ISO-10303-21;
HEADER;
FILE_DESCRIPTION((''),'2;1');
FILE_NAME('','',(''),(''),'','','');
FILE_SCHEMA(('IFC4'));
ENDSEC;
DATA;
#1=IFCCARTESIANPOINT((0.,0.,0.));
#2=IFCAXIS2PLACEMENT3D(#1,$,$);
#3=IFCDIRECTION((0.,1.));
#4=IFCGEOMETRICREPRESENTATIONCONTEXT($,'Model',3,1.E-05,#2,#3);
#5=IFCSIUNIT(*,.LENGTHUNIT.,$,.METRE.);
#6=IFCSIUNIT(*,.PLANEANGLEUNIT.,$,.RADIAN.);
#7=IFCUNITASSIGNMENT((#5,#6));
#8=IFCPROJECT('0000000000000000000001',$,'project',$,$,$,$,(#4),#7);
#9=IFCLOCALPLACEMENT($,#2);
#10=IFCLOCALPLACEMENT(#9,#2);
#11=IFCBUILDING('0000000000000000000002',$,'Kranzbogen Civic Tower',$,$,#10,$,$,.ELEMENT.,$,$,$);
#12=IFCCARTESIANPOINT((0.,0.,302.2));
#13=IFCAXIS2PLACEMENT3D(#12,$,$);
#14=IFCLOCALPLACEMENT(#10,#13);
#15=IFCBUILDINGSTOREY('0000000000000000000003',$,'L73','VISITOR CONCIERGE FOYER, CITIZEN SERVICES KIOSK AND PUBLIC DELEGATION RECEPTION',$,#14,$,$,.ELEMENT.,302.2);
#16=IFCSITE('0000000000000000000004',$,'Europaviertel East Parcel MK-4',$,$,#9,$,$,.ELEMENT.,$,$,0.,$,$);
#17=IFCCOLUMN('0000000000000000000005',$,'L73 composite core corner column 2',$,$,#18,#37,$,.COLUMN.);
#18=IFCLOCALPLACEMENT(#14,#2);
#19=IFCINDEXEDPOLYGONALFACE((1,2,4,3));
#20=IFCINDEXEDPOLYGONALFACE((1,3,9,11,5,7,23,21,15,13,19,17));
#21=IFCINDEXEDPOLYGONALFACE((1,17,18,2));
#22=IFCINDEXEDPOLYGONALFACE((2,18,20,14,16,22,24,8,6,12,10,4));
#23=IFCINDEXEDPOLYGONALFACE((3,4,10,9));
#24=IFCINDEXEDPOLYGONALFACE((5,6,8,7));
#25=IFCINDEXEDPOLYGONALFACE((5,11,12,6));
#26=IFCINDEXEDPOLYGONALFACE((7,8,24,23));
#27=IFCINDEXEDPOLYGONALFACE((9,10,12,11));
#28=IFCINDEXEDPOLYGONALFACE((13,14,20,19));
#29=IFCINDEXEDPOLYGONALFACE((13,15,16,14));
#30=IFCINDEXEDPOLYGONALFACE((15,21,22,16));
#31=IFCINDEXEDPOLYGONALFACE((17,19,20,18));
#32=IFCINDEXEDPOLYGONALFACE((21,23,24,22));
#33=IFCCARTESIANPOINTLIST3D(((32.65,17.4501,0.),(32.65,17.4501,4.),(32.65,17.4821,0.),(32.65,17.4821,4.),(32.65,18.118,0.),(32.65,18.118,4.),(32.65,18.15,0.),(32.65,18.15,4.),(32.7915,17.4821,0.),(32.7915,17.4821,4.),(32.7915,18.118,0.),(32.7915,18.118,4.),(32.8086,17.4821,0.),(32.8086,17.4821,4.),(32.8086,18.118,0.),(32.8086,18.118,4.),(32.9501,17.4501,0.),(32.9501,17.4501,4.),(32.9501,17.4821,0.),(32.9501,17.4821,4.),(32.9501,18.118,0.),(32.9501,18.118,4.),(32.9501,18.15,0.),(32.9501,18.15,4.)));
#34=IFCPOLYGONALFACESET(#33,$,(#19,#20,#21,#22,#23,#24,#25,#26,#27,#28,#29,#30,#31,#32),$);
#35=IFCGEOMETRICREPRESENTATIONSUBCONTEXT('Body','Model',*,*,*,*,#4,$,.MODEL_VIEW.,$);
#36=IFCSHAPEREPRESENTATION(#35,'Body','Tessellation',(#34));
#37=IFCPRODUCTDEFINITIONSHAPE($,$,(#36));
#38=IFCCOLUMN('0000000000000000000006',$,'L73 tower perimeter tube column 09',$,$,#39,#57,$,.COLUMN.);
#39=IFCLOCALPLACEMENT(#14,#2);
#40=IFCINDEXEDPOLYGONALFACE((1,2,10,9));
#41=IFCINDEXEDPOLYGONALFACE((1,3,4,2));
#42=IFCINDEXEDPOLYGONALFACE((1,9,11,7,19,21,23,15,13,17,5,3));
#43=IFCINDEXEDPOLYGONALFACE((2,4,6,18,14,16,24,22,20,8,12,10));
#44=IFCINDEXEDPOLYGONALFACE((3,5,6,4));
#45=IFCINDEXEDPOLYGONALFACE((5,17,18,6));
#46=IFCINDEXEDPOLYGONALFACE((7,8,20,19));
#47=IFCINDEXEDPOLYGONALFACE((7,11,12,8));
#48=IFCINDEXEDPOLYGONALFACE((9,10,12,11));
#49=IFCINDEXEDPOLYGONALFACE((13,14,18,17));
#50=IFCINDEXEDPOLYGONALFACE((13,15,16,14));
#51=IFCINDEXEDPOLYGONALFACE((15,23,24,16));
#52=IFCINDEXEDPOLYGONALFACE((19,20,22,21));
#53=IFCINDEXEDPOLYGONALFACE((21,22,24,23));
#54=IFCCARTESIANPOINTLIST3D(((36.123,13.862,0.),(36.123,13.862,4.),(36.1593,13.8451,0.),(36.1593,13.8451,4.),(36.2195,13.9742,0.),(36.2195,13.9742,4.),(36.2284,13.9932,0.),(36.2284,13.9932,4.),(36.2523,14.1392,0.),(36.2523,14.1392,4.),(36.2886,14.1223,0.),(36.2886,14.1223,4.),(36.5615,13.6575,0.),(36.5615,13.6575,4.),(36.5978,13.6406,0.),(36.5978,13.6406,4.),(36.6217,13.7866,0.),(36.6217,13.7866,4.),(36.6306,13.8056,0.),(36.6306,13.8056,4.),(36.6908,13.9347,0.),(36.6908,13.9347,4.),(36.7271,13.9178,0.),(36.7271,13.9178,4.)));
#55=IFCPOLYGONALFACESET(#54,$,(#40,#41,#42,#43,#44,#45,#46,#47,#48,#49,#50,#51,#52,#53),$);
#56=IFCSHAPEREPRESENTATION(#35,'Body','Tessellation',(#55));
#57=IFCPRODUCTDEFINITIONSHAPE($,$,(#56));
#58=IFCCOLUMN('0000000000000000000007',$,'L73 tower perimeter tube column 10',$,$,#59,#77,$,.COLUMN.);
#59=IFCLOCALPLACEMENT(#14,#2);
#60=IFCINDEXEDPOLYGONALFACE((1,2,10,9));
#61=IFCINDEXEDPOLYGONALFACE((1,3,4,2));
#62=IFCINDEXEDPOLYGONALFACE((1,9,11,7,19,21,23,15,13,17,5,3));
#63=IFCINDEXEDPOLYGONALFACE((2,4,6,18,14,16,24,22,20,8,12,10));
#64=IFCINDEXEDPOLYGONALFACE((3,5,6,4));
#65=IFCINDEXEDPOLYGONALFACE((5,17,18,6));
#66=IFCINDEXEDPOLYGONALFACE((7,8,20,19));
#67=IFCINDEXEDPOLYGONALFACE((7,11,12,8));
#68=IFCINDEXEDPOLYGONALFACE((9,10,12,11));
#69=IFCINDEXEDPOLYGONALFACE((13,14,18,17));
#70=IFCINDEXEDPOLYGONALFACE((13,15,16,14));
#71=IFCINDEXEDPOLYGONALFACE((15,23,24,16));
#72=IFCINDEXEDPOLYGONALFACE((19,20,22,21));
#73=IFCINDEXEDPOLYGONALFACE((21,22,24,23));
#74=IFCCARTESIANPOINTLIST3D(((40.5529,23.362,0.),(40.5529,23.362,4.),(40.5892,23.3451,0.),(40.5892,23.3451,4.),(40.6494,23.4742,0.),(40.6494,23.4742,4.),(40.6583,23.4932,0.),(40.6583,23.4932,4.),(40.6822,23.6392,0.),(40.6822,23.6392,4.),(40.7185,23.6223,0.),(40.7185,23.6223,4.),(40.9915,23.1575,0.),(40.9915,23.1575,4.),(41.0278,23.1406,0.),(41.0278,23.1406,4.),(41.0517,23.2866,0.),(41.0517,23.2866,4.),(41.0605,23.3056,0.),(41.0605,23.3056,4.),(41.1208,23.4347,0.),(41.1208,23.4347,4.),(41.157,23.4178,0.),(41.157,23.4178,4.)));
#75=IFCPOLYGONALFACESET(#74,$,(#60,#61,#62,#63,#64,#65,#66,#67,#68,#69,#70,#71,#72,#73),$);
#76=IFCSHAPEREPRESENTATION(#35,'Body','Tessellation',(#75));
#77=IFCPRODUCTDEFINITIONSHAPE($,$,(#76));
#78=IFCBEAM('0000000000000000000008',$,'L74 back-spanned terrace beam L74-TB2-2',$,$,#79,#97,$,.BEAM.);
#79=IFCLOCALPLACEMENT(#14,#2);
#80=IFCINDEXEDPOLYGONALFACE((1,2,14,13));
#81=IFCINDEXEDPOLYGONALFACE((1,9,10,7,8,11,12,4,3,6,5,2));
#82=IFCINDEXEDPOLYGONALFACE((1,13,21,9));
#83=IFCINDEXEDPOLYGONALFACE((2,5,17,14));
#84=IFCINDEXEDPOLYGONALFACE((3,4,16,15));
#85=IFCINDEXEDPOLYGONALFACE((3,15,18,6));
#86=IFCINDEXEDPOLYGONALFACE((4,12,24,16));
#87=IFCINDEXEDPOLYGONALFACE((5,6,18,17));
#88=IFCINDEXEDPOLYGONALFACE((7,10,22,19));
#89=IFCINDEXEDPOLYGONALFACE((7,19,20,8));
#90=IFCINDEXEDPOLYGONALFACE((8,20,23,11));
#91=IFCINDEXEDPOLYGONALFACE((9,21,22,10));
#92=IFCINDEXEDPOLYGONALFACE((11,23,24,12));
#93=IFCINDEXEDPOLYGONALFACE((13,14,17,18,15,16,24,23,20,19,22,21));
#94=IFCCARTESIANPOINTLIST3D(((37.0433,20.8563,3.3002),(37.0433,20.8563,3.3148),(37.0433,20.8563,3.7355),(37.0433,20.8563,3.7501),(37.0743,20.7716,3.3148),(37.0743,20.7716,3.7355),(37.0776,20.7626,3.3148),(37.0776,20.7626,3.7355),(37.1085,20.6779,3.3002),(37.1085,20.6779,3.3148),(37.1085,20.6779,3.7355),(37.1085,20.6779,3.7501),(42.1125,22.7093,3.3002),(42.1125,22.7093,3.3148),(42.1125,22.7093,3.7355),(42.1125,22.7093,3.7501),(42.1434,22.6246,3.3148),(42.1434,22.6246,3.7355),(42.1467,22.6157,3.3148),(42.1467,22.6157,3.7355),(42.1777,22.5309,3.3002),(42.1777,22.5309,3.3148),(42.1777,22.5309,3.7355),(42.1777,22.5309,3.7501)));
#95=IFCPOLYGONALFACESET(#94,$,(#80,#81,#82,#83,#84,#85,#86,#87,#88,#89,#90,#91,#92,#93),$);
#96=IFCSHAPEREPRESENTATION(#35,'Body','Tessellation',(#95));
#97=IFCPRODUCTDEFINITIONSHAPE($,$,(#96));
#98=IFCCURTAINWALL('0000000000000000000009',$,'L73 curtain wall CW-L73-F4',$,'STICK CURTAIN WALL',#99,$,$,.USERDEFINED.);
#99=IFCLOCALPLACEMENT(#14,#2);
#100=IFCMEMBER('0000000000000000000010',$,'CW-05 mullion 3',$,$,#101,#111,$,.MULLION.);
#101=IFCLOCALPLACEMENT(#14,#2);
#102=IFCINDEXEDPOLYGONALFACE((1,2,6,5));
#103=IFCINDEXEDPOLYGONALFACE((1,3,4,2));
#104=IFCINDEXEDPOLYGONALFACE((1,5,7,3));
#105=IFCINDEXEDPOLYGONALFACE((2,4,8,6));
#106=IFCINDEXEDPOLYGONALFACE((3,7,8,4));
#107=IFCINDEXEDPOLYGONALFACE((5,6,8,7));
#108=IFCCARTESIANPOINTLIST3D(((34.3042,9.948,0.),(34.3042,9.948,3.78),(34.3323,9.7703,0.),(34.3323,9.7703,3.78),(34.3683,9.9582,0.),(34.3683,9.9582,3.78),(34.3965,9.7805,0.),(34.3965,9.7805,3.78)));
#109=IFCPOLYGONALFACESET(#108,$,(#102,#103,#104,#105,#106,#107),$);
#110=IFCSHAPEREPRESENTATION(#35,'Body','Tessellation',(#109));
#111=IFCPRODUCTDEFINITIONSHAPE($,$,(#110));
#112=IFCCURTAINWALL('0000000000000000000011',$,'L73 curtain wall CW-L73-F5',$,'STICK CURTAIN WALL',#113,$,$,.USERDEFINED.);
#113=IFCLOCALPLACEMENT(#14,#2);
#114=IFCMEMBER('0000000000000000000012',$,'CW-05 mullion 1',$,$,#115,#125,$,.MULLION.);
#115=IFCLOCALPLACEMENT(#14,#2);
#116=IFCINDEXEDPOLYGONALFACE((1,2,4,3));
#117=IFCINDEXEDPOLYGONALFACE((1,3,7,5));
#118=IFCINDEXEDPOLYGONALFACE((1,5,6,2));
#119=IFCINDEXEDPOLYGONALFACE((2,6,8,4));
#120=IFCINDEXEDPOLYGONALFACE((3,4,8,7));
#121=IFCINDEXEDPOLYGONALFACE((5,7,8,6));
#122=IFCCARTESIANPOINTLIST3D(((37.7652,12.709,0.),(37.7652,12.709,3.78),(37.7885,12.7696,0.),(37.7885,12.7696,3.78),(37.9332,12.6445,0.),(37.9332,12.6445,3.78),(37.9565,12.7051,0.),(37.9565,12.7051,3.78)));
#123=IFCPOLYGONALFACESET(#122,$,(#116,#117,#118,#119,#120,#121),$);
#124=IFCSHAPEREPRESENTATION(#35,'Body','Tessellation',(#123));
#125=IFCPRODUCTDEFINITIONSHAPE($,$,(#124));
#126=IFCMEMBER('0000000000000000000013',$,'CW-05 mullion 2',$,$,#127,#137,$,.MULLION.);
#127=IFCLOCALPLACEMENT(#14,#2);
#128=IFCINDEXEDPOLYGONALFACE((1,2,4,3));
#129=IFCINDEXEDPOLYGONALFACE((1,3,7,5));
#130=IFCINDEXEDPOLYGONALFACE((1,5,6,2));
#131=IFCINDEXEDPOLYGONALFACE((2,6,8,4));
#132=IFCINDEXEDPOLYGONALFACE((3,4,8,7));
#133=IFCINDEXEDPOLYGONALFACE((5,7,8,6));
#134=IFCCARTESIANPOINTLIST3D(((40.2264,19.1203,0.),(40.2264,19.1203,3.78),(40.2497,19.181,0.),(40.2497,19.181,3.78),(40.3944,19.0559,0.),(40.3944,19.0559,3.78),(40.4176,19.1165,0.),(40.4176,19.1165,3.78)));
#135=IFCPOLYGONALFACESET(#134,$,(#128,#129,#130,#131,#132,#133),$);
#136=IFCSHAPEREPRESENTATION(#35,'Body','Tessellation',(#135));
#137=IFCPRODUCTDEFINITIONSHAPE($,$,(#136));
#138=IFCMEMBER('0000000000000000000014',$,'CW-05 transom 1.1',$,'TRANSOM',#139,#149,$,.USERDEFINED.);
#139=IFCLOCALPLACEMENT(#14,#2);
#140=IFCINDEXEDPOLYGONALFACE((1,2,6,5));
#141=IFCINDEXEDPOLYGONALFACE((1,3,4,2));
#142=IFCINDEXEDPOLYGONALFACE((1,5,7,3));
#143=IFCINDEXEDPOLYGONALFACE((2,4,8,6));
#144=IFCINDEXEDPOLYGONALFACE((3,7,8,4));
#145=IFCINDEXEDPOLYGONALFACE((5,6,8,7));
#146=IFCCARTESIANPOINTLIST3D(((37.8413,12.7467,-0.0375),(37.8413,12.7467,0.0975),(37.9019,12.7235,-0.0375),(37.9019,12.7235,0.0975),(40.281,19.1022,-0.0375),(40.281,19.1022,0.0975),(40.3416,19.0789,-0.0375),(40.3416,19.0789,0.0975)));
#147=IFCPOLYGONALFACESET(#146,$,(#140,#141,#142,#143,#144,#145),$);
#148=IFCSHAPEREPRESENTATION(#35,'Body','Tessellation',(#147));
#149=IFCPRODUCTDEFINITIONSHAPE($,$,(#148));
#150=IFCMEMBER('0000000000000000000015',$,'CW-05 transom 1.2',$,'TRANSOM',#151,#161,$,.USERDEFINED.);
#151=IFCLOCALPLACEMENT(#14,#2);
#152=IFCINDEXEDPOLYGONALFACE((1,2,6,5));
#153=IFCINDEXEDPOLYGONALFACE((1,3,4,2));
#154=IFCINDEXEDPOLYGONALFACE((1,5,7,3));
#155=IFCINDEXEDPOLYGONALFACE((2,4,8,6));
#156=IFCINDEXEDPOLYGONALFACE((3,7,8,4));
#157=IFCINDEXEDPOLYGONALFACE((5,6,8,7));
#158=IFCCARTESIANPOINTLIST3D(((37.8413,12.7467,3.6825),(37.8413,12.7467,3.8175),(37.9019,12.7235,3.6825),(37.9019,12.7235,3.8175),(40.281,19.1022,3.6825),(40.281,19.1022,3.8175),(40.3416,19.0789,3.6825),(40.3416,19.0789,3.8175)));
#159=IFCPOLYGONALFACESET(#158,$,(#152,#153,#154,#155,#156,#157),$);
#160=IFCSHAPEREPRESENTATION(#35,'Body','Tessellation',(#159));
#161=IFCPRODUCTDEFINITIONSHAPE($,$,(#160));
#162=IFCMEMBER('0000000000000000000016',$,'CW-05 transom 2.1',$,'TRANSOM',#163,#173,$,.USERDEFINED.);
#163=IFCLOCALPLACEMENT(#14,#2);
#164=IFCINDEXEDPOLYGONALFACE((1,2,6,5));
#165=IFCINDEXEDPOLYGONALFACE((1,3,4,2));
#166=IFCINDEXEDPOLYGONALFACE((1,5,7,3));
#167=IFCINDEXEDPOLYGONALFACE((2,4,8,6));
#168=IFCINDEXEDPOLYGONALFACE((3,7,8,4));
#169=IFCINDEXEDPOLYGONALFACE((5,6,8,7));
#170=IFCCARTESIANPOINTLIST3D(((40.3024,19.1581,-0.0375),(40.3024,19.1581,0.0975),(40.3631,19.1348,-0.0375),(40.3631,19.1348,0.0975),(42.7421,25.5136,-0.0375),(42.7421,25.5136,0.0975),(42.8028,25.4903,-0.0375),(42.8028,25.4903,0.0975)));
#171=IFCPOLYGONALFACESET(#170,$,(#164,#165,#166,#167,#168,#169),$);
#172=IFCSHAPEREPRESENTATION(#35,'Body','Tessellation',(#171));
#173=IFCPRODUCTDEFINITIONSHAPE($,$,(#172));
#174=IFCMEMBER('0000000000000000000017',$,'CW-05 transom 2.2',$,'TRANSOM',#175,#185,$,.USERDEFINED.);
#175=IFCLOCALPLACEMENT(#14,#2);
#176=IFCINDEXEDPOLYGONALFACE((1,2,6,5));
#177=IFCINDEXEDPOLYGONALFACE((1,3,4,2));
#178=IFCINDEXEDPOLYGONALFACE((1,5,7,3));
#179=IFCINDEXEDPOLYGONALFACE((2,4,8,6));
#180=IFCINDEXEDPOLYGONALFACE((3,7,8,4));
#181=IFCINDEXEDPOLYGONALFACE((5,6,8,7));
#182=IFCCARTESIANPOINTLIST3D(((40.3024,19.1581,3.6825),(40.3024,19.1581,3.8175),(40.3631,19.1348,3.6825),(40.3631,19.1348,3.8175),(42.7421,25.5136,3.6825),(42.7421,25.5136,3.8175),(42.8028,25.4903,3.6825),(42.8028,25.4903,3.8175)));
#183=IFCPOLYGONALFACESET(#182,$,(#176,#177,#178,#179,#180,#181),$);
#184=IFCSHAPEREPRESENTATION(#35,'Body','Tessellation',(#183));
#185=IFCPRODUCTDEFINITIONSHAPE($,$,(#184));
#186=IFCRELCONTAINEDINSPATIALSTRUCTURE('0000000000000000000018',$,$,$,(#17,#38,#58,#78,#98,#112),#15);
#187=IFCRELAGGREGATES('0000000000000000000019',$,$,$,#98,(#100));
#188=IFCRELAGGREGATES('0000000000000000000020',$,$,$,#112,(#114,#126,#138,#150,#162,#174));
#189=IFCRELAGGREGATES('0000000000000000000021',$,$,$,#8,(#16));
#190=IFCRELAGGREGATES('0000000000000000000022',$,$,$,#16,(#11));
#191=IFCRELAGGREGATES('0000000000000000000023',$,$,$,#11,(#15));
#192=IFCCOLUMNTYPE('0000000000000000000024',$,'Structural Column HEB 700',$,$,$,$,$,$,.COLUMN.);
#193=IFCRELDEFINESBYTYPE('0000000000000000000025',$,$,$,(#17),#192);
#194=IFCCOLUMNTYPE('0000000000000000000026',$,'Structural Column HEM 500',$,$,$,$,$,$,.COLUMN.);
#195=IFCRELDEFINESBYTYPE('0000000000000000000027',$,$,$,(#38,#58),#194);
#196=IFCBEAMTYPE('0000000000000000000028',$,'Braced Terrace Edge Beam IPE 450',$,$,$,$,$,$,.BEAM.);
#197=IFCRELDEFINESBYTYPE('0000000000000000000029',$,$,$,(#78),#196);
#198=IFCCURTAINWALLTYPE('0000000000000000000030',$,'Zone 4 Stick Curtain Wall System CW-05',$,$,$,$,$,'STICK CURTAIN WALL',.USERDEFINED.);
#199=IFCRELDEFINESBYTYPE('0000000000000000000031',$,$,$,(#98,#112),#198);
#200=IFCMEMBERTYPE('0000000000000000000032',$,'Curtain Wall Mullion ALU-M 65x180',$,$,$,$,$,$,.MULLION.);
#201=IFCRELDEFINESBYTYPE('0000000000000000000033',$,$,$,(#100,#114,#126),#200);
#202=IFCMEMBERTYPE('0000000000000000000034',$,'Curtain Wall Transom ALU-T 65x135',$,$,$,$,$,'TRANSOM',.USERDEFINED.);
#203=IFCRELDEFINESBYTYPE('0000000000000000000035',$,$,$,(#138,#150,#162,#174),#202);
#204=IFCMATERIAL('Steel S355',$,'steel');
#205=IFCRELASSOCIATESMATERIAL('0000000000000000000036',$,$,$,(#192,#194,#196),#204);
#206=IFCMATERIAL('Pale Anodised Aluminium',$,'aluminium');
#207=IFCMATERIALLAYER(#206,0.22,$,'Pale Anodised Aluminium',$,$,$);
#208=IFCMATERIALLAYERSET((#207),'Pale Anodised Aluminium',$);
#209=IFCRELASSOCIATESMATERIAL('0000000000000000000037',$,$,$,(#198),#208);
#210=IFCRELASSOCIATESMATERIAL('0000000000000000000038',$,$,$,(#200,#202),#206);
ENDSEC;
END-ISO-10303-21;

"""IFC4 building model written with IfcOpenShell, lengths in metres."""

from ifc_helpers import new_model, si_unit, direction, frame, origin, origin_2d, place, context, subcontext, project, spatial, rectangle, i_section, extrude, material, layer, layer_set, material_profile, profile_set, type_object, element, aggregate, save


model = new_model("IFC4")

# Units and contexts
model_context = context("Model", 3, precision=1e-05, world=origin(), true_north=direction((0.0, 1.0)))
body_context = subcontext(model_context, "Body", "Model", "MODEL_VIEW")
ifc_project = project(units=[si_unit("LENGTHUNIT", "METRE"), si_unit("PLANEANGLEUNIT", "RADIAN")], contexts=[model_context])

# Site, building, storey
site_placement = place(None, origin())
site = spatial("IfcSite", under=ifc_project, at=site_placement, Name="Europaviertel East Parcel MK-4", CompositionType="ELEMENT", RefElevation=0.0)
building_placement = place(site_placement, origin())
building = spatial("IfcBuilding", under=site, at=building_placement, Name="Kranzbogen Civic Tower", CompositionType="ELEMENT")
storey_placement = place(building_placement, frame((0.0, 0.0, 302.2)))
storey = spatial("IfcBuildingStorey", under=building, at=storey_placement, Name="L73", Description="VISITOR CONCIERGE FOYER, CITIZEN SERVICES KIOSK AND PUBLIC DELEGATION RECEPTION", CompositionType="ELEMENT", Elevation=302.2)

# Columns
ifc_material_1 = material(Name="Steel S355", Category="steel")
ifc_material_profile_1 = material_profile(ifc_material_1, i_section(OverallWidth=0.3, OverallDepth=0.7, WebThickness=0.0171, FlangeThickness=0.032, at=origin_2d()), Name="HEB 700")
ifc_profile_set_1 = profile_set([ifc_material_profile_1], Name="Steel S355")
column_type_1 = type_object("IfcColumnType", Name="Structural Column HEB 700", PredefinedType="COLUMN", material=ifc_profile_set_1)
column_placement = place(storey_placement, frame((32.8, 17.8, 0.0), z_axis=(0.0, 0.0, 1.0), x_axis=(1.0, 0.0, 0.0)))
element("IfcColumn", 1, at=column_placement, inside=storey, type_object=column_type_1, Name="L73 composite core corner column 2", PredefinedType="COLUMN", context=body_context, shape_type="SweptSolid", body=[
    extrude(i_section(OverallWidth=0.3, OverallDepth=0.7, WebThickness=0.0171, FlangeThickness=0.032, at=origin_2d()), origin(), (0.0, 0.0, 1.0), 4.0),
])
ifc_material_profile_2 = material_profile(ifc_material_1, i_section(OverallWidth=0.3059, OverallDepth=0.5239, WebThickness=0.021, FlangeThickness=0.04, at=origin_2d()), Name="HEM 500")
ifc_profile_set_2 = profile_set([ifc_material_profile_2], Name="Steel S355")
column_type_2 = type_object("IfcColumnType", Name="Structural Column HEM 500", PredefinedType="COLUMN", material=ifc_profile_set_2)
for number, where, z_axis, x_axis, name in (
    (2, (36.425, 13.8899, 0.0), (0.0, 0.0, 1.0), (0.422618, 0.906308, 0.0), "L73 tower perimeter tube column 09"),
    (3, (40.855, 23.3899, 0.0), (0.0, 0.0, 1.0), (0.422618, 0.906308, 0.0), "L73 tower perimeter tube column 10"),
):
    element("IfcColumn", number, at=place(storey_placement, frame(where, z_axis=z_axis, x_axis=x_axis)), inside=storey, type_object=column_type_2, Name=name, PredefinedType="COLUMN", context=body_context, shape_type="SweptSolid", body=[
        extrude(i_section(OverallWidth=0.3059, OverallDepth=0.5239, WebThickness=0.021, FlangeThickness=0.04, at=origin_2d()), origin(), (0.0, 0.0, 1.0), 4.0),
    ])

# Beam
ifc_material_profile_3 = material_profile(ifc_material_1, i_section(OverallWidth=0.1899, OverallDepth=0.45, WebThickness=0.0095, FlangeThickness=0.0146, at=origin_2d()), Name="IPE 450")
ifc_profile_set_3 = profile_set([ifc_material_profile_3], Name="Steel S355")
beam_type_1 = type_object("IfcBeamType", Name="Braced Terrace Edge Beam IPE 450", PredefinedType="BEAM", material=ifc_profile_set_3)
beam_1_placement = place(storey_placement, frame((37.0759, 20.7671, 3.5251), z_axis=(0.939214, 0.343333, 0.0), x_axis=(-0.343333, 0.939214, 0.0)))
element("IfcBeam", 4, at=beam_1_placement, inside=storey, type_object=beam_type_1, Name="L74 back-spanned terrace beam L74-TB2-2", PredefinedType="BEAM", context=body_context, shape_type="SweptSolid", body=[
    extrude(i_section(OverallWidth=0.1899, OverallDepth=0.45, WebThickness=0.0095, FlangeThickness=0.0146, at=origin_2d()), origin(), (0.0, 0.0, 1.0), 5.3972),
])

# Curtain wall, member
ifc_material_2 = material(Name="Pale Anodised Aluminium", Category="aluminium")
ifc_layer_1 = layer(ifc_material_2, 0.22, Name="Pale Anodised Aluminium")
ifc_layer_set_1 = layer_set([ifc_layer_1], Name="Pale Anodised Aluminium")
curtain_wall_type = type_object("IfcCurtainWallType", Name="Zone 4 Stick Curtain Wall System CW-05", ElementType="STICK CURTAIN WALL", PredefinedType="USERDEFINED", material=ifc_layer_set_1)
curtain_wall_1_placement = place(storey_placement, origin())
curtain_wall_1 = element("IfcCurtainWall", 5, at=curtain_wall_1_placement, inside=storey, type_object=curtain_wall_type, Name="L73 curtain wall CW-L73-F4", ObjectType="STICK CURTAIN WALL", PredefinedType="USERDEFINED")
ifc_material_profile_4 = material_profile(ifc_material_2, rectangle(XDim=0.0649, YDim=0.1799, at=origin_2d()), Name="ALU-M 65x180")
ifc_profile_set_4 = profile_set([ifc_material_profile_4], Name="Pale Anodised Aluminium")
member_type_1 = type_object("IfcMemberType", Name="Curtain Wall Mullion ALU-M 65x180", PredefinedType="MULLION", material=ifc_profile_set_4)
member_1_placement = place(storey_placement, frame((34.3503, 9.8643, 0.0), z_axis=(0.0, 0.0, 1.0), x_axis=(0.98769, 0.156424, 0.0)))
member_1 = element("IfcMember", 6, at=member_1_placement, type_object=member_type_1, Name="CW-05 mullion 3", PredefinedType="MULLION", context=body_context, shape_type="SweptSolid", body=[
    extrude(rectangle(XDim=0.0649, YDim=0.1799, at=origin_2d()), origin(), (0.0, 0.0, 1.0), 3.78),
])
aggregate(curtain_wall_1, [member_1])

# Curtain wall, members
curtain_wall_2_placement = place(storey_placement, origin())
curtain_wall_2 = element("IfcCurtainWall", 7, at=curtain_wall_2_placement, inside=storey, type_object=curtain_wall_type, Name="L73 curtain wall CW-L73-F5", ObjectType="STICK CURTAIN WALL", PredefinedType="USERDEFINED")
member_2_placement = place(storey_placement, frame((37.8608, 12.707, 0.0), z_axis=(0.0, 0.0, 1.0), x_axis=(0.358382, 0.933575, 0.0)))
member_2 = element("IfcMember", 8, at=member_2_placement, type_object=member_type_1, Name="CW-05 mullion 1", PredefinedType="MULLION", context=body_context, shape_type="SweptSolid", body=[
    extrude(rectangle(XDim=0.0649, YDim=0.1799, at=origin_2d()), origin(), (0.0, 0.0, 1.0), 3.78),
])
member_3_placement = place(storey_placement, frame((40.322, 19.1184, 0.0), z_axis=(0.0, 0.0, 1.0), x_axis=(0.358382, 0.933575, 0.0)))
member_3 = element("IfcMember", 9, at=member_3_placement, type_object=member_type_1, Name="CW-05 mullion 2", PredefinedType="MULLION", context=body_context, shape_type="SweptSolid", body=[
    extrude(rectangle(XDim=0.0649, YDim=0.1799, at=origin_2d()), origin(), (0.0, 0.0, 1.0), 3.78),
])
ifc_material_profile_5 = material_profile(ifc_material_2, rectangle(XDim=0.0649, YDim=0.135, at=origin_2d()), Name="ALU-T 65x135")
ifc_profile_set_5 = profile_set([ifc_material_profile_5], Name="Pale Anodised Aluminium")
member_type_2 = type_object("IfcMemberType", Name="Curtain Wall Transom ALU-T 65x135", ElementType="TRANSOM", PredefinedType="USERDEFINED", material=ifc_profile_set_5)
member_4_placement = place(storey_placement, frame((37.8716, 12.7351, 0.03), z_axis=(0.358376, 0.933577, 0.0), x_axis=(-0.933577, 0.358376, 0.0)))
member_4 = element("IfcMember", 10, at=member_4_placement, type_object=member_type_2, Name="CW-05 transom 1.1", ObjectType="TRANSOM", PredefinedType="USERDEFINED", context=body_context, shape_type="SweptSolid", body=[
    extrude(rectangle(XDim=0.0649, YDim=0.135, at=origin_2d()), origin(), (0.0, 0.0, 1.0), 6.8076),
])
member_5_placement = place(storey_placement, frame((37.8716, 12.7351, 3.75), z_axis=(0.358376, 0.933577, 0.0), x_axis=(-0.933577, 0.358376, 0.0)))
member_5 = element("IfcMember", 11, at=member_5_placement, type_object=member_type_2, Name="CW-05 transom 1.2", ObjectType="TRANSOM", PredefinedType="USERDEFINED", context=body_context, shape_type="SweptSolid", body=[
    extrude(rectangle(XDim=0.0649, YDim=0.135, at=origin_2d()), origin(), (0.0, 0.0, 1.0), 6.8076),
])
member_6_placement = place(storey_placement, frame((40.3328, 19.1465, 0.03), z_axis=(0.358376, 0.933577, 0.0), x_axis=(-0.933577, 0.358376, 0.0)))
member_6 = element("IfcMember", 12, at=member_6_placement, type_object=member_type_2, Name="CW-05 transom 2.1", ObjectType="TRANSOM", PredefinedType="USERDEFINED", context=body_context, shape_type="SweptSolid", body=[
    extrude(rectangle(XDim=0.0649, YDim=0.135, at=origin_2d()), origin(), (0.0, 0.0, 1.0), 6.8076),
])
member_7_placement = place(storey_placement, frame((40.3328, 19.1465, 3.75), z_axis=(0.358376, 0.933577, 0.0), x_axis=(-0.933577, 0.358376, 0.0)))
member_7 = element("IfcMember", 13, at=member_7_placement, type_object=member_type_2, Name="CW-05 transom 2.2", ObjectType="TRANSOM", PredefinedType="USERDEFINED", context=body_context, shape_type="SweptSolid", body=[
    extrude(rectangle(XDim=0.0649, YDim=0.135, at=origin_2d()), origin(), (0.0, 0.0, 1.0), 6.8076),
])

aggregate(curtain_wall_2, [member_2, member_3, member_4, member_5, member_6, member_7])

save(model, "model.ifc")
